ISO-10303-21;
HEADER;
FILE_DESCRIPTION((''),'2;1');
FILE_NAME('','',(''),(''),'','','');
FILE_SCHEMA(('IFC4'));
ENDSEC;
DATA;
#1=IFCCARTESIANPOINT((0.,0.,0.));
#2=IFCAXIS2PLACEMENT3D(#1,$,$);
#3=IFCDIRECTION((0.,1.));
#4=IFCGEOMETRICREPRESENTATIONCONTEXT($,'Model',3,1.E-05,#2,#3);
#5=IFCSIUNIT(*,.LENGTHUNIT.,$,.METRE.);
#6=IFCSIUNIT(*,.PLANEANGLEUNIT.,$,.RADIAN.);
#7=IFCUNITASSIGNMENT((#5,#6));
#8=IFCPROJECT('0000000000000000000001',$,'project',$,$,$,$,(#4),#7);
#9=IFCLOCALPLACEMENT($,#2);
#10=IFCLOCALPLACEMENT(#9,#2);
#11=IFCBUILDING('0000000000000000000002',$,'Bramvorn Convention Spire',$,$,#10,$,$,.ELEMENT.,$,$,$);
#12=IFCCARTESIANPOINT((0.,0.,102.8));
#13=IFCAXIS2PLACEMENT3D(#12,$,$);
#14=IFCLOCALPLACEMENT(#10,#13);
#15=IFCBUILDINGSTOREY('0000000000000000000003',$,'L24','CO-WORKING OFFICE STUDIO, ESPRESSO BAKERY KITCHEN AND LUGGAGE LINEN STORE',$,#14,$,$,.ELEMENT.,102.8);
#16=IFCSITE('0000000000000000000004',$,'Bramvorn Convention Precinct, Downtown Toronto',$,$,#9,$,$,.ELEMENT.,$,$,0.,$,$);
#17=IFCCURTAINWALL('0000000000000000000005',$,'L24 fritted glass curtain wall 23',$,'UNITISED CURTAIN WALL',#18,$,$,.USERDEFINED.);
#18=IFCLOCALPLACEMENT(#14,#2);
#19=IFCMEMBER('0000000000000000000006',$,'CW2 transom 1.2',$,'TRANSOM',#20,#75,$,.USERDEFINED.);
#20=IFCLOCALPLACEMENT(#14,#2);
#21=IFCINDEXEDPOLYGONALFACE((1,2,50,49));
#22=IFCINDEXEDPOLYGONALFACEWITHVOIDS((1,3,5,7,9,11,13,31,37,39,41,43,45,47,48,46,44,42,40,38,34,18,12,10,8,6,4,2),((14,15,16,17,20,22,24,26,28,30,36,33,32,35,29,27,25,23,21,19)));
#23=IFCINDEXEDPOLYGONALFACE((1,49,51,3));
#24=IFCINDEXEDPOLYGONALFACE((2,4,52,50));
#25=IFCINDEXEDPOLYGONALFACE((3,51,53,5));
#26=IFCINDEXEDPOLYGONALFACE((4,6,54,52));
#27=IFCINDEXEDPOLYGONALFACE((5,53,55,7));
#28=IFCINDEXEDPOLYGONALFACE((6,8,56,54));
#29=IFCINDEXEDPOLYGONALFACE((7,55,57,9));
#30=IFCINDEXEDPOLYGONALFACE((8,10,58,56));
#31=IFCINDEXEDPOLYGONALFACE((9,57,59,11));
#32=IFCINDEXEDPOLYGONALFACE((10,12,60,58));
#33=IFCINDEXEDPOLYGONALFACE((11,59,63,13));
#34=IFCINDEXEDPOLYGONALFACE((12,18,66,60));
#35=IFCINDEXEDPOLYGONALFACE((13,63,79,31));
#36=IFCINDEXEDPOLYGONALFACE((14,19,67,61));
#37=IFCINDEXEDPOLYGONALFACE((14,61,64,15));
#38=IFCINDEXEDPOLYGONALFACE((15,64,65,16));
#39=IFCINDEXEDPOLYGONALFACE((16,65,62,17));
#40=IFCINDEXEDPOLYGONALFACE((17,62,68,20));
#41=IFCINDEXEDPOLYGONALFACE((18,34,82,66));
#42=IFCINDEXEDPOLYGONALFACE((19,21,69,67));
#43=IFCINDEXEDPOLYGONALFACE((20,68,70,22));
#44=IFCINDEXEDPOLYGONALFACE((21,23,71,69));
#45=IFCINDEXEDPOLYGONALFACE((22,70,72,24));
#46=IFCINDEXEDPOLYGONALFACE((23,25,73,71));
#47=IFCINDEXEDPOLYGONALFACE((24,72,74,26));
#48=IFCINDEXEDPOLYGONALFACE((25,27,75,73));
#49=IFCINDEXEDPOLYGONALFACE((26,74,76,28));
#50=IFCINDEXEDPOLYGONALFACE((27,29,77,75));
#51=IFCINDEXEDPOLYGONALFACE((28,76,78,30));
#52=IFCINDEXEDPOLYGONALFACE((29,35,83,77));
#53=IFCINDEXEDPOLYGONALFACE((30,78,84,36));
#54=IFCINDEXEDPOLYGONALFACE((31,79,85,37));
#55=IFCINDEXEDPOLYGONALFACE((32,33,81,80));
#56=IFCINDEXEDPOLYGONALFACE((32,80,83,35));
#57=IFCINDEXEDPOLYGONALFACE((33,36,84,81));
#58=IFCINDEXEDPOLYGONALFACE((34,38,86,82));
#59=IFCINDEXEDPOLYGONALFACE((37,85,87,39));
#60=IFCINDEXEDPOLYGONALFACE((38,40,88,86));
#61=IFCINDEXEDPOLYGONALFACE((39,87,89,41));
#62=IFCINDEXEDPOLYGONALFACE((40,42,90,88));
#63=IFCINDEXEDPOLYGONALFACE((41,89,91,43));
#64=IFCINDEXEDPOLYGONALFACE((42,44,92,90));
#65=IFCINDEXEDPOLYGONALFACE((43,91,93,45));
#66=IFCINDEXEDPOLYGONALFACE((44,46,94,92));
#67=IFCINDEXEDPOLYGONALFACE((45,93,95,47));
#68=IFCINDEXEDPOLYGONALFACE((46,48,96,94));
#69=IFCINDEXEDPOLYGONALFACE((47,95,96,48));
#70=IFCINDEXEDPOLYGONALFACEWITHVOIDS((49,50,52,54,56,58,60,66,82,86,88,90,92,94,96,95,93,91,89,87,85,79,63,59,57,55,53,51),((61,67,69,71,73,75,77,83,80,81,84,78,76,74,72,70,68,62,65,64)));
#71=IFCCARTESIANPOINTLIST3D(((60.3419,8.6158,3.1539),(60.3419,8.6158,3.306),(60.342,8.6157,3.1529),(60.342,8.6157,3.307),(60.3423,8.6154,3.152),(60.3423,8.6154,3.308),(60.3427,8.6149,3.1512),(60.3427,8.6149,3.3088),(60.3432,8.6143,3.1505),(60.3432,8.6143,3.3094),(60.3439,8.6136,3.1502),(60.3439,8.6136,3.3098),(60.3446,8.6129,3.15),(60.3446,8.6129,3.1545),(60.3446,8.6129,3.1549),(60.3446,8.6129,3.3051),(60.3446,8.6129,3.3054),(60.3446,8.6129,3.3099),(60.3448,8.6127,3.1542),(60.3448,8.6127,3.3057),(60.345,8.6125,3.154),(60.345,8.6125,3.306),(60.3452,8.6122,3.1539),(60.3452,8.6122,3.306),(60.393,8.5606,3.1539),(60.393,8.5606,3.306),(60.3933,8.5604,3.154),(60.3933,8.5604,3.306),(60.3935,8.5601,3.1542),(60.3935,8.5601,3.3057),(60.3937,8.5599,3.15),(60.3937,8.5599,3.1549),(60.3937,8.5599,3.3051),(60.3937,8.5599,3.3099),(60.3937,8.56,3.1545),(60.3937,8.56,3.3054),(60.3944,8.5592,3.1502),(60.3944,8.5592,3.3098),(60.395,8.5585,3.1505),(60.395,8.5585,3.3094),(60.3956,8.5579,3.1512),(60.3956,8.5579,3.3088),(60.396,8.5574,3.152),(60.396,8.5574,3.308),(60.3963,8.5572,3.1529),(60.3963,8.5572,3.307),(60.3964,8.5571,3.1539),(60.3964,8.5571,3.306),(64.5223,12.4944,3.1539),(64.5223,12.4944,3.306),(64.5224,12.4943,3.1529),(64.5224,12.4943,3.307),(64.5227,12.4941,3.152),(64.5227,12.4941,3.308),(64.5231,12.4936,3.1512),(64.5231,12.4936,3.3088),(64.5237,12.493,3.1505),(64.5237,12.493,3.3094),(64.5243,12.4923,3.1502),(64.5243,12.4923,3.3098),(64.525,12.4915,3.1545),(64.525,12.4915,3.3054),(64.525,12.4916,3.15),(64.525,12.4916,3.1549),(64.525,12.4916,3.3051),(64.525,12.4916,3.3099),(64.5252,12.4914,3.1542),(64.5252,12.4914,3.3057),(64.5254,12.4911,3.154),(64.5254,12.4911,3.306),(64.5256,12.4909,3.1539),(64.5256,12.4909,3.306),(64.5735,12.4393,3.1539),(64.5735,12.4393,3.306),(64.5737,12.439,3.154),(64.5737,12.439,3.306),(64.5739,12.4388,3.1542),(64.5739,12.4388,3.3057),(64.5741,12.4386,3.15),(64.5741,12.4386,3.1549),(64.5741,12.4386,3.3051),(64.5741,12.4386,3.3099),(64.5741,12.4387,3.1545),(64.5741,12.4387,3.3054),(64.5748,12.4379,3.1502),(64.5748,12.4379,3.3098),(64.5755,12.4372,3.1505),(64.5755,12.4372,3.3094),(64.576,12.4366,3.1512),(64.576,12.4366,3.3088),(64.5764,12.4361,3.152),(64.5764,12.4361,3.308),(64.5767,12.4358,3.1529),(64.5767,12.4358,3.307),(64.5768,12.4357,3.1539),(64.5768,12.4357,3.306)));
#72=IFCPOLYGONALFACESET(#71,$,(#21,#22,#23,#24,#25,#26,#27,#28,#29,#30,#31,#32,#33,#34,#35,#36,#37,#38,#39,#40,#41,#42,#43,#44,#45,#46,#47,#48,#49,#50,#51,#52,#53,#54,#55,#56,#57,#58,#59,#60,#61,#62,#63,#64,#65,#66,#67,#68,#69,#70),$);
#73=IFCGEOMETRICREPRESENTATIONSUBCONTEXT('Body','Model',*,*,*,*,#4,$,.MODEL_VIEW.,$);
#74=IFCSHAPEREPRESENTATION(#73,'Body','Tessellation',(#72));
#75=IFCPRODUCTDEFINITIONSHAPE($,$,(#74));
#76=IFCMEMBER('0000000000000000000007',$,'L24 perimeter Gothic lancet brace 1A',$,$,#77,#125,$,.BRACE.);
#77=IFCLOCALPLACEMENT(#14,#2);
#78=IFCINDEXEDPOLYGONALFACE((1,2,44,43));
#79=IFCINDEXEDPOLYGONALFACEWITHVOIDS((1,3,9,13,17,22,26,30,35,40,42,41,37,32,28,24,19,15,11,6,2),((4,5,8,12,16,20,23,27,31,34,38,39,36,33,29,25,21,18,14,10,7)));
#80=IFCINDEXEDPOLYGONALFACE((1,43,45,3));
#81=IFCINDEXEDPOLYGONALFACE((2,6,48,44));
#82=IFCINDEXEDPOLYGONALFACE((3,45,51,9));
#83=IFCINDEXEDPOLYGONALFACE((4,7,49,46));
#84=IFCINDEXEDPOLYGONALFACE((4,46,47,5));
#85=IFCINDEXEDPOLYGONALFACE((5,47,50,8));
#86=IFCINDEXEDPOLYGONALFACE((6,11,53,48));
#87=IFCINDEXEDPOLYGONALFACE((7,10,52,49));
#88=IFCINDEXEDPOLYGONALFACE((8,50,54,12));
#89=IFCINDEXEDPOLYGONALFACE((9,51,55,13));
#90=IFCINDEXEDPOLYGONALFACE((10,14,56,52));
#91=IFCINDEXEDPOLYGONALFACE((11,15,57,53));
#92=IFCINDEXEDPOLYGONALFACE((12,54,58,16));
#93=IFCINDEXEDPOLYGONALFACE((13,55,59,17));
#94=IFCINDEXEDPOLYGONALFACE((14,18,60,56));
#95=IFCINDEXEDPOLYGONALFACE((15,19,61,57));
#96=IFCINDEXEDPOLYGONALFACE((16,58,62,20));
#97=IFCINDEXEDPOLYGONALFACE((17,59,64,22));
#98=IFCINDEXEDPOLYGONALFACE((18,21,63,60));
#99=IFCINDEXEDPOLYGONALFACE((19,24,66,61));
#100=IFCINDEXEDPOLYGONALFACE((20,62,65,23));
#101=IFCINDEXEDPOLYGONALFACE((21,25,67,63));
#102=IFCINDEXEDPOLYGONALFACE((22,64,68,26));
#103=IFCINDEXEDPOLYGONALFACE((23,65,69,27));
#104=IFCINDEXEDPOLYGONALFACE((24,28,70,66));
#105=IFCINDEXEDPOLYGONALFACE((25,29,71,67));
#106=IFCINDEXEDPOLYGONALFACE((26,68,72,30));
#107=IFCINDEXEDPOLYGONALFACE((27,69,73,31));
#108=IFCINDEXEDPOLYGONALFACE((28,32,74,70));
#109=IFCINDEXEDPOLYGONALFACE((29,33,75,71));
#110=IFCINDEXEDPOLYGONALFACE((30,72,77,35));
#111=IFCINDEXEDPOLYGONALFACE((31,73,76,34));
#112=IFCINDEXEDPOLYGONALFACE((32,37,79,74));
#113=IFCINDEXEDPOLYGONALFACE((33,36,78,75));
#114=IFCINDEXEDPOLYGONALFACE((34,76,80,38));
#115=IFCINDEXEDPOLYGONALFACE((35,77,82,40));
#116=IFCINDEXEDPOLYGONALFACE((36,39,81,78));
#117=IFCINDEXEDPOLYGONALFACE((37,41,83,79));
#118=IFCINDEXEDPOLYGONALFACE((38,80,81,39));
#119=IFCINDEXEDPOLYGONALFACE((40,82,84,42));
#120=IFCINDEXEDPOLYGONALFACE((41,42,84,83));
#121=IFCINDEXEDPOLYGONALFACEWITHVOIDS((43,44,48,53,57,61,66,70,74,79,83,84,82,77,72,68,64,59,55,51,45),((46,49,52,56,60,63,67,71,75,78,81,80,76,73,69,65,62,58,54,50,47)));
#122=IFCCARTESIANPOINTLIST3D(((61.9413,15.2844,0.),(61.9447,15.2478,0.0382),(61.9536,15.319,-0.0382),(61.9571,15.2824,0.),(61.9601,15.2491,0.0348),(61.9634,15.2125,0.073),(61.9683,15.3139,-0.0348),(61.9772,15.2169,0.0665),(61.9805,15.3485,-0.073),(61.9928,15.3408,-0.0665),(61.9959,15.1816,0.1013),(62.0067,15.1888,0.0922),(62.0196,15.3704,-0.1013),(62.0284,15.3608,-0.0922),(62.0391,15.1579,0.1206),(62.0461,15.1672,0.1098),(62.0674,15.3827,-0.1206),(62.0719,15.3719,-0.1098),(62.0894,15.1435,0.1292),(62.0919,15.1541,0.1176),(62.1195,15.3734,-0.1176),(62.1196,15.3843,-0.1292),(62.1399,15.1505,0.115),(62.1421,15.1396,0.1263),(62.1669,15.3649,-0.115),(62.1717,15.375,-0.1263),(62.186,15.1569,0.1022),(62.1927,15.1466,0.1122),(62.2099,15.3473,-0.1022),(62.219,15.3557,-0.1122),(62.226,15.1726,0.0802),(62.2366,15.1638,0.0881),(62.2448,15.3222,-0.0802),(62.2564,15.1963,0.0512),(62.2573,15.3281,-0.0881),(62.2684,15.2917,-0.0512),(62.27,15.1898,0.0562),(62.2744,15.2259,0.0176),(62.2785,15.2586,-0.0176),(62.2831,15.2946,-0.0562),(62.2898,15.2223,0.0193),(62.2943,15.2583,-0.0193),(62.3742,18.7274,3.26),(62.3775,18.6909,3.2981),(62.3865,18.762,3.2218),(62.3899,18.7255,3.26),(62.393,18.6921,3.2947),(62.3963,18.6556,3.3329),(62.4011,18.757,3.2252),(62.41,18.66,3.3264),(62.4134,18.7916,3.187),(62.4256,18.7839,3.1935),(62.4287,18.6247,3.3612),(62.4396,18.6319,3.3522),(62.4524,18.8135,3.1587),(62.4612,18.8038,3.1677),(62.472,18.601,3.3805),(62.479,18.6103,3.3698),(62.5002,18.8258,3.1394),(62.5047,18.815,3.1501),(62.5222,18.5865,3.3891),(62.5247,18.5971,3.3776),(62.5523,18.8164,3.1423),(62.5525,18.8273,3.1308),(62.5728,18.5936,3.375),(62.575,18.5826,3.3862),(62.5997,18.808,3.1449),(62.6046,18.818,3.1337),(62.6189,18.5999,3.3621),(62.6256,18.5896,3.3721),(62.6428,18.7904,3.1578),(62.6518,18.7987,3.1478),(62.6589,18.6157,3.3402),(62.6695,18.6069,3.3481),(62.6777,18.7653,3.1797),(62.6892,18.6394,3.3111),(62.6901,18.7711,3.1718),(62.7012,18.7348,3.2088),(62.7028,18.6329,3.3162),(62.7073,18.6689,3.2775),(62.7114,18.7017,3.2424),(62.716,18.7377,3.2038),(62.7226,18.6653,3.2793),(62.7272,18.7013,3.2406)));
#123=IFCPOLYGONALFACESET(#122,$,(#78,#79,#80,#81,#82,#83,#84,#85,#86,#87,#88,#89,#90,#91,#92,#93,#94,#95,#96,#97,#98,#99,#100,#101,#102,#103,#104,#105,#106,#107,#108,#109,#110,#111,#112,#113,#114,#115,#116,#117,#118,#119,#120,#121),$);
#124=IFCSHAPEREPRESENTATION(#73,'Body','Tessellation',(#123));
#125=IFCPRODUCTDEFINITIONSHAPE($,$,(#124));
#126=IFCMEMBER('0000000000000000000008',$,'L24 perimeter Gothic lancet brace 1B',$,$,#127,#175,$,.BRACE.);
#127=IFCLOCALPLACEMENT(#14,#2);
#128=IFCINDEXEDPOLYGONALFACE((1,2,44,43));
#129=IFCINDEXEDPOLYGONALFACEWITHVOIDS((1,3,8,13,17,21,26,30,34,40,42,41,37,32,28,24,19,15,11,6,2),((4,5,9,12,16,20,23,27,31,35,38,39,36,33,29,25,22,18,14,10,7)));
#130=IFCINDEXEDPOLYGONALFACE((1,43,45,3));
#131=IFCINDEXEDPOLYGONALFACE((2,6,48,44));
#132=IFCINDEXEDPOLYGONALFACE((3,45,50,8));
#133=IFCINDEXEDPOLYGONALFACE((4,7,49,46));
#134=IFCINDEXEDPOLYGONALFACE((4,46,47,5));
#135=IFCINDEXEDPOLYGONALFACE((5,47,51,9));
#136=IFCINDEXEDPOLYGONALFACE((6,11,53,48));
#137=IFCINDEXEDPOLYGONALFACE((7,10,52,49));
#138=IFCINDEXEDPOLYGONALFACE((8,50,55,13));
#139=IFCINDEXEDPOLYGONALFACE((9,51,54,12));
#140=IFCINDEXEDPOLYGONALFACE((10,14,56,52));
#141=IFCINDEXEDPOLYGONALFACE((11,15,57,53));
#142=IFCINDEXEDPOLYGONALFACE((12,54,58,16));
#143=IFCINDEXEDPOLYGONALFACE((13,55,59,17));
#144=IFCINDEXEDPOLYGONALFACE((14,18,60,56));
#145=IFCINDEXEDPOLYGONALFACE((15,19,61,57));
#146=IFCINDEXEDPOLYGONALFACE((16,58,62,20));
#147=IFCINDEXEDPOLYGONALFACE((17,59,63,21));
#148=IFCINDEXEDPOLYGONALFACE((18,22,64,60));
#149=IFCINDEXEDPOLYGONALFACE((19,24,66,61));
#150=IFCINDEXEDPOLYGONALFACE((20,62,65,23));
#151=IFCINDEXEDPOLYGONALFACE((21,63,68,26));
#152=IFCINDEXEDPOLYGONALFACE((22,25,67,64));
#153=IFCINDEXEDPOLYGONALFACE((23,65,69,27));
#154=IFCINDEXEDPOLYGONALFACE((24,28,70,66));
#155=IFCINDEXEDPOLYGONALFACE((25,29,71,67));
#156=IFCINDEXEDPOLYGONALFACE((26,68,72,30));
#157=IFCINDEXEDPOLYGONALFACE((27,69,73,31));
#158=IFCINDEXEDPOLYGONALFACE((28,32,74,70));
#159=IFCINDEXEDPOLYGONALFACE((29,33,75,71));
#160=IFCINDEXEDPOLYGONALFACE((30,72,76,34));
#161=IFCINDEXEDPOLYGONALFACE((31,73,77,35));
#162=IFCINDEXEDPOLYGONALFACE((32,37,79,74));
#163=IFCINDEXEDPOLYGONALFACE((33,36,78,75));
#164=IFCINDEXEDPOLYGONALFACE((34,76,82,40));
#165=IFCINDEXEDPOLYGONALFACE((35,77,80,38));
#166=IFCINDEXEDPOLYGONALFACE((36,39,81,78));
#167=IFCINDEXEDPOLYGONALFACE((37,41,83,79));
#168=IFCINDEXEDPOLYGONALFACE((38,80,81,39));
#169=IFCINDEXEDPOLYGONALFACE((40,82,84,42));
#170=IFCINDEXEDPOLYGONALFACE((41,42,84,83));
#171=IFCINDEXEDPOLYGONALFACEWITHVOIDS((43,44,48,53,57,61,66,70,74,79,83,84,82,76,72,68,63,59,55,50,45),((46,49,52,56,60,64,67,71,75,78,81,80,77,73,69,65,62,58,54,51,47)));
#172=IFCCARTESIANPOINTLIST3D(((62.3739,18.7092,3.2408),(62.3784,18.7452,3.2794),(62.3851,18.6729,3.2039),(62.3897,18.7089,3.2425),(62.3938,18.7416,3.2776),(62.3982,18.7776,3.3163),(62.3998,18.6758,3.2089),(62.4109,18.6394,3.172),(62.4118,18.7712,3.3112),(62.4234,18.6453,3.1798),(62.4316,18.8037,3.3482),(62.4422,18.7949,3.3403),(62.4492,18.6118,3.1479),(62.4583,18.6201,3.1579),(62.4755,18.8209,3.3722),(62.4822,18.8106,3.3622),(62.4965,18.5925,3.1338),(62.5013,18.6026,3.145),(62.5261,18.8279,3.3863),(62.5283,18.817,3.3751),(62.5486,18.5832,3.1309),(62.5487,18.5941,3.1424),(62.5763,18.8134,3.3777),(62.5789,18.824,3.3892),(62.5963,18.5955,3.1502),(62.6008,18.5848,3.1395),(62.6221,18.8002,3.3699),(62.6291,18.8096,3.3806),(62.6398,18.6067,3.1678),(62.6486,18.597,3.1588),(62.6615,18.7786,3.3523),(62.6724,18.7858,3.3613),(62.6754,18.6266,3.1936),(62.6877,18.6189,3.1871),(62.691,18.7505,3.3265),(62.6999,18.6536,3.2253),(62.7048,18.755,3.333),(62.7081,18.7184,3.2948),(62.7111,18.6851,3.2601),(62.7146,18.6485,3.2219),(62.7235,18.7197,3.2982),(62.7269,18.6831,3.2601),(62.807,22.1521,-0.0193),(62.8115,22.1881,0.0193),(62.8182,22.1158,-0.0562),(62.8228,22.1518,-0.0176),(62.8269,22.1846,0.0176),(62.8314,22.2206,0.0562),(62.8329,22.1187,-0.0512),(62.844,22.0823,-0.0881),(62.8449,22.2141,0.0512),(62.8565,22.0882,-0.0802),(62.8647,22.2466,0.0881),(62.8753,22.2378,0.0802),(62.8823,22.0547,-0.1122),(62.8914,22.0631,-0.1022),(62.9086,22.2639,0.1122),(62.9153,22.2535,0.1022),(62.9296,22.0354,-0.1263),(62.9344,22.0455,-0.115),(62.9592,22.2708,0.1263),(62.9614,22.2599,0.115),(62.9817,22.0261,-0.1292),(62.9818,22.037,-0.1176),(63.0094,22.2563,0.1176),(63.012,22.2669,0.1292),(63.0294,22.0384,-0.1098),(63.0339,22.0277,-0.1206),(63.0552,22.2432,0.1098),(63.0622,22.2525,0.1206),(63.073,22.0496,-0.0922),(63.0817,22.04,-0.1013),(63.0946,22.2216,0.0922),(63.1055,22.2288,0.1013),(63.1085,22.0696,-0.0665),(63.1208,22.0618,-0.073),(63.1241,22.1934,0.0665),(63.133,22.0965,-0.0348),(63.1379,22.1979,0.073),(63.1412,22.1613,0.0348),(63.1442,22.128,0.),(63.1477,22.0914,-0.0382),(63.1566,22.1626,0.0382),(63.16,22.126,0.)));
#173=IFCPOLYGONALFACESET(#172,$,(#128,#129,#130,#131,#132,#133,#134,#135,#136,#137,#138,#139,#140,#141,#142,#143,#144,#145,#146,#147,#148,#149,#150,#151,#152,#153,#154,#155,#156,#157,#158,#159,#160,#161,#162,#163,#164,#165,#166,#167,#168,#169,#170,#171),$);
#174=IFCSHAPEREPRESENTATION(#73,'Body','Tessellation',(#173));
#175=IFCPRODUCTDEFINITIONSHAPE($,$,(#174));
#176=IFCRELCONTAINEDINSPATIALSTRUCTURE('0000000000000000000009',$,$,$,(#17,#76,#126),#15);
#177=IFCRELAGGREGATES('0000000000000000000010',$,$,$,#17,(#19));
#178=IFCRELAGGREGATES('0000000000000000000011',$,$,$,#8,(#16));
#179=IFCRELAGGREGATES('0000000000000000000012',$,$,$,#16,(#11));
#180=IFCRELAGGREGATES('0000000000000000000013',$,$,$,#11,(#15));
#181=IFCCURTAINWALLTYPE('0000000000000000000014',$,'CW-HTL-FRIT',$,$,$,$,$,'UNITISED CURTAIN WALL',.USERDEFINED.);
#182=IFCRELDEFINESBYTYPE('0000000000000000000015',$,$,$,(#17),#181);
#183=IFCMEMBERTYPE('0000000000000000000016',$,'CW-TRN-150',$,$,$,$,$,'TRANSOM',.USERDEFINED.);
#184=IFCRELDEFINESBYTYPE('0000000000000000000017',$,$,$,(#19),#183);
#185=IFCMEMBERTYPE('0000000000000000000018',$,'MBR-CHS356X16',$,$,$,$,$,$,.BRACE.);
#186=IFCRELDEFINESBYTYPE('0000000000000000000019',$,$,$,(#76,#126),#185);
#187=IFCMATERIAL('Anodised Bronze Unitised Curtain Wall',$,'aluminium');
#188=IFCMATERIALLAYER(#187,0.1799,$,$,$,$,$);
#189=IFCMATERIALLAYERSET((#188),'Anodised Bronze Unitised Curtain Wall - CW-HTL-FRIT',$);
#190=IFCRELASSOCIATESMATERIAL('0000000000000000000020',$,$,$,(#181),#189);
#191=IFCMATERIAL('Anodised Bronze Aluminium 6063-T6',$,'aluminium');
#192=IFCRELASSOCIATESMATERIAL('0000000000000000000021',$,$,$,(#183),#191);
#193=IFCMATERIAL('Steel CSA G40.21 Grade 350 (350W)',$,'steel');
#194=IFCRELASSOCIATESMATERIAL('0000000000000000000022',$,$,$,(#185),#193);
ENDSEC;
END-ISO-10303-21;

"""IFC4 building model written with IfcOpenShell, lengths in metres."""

from ifc_helpers import new_model, si_unit, direction, frame, origin, origin_2d, place, context, subcontext, project, spatial, hollow_rectangle, hollow_circle, extrude, material, layer, layer_set, material_profile, profile_set, type_object, element, aggregate, save


model = new_model("IFC4")

# Units and contexts
model_context = context("Model", 3, precision=1e-05, world=origin(), true_north=direction((0.0, 1.0)))
body_context = subcontext(model_context, "Body", "Model", "MODEL_VIEW")
ifc_project = project(units=[si_unit("LENGTHUNIT", "METRE"), si_unit("PLANEANGLEUNIT", "RADIAN")], contexts=[model_context])

# Site, building, storey
site_placement = place(None, origin())
site = spatial("IfcSite", under=ifc_project, at=site_placement, Name="Bramvorn Convention Precinct, Downtown Toronto", CompositionType="ELEMENT", RefElevation=0.0)
building_placement = place(site_placement, origin())
building = spatial("IfcBuilding", under=site, at=building_placement, Name="Bramvorn Convention Spire", CompositionType="ELEMENT")
storey_placement = place(building_placement, frame((0.0, 0.0, 102.8)))
storey = spatial("IfcBuildingStorey", under=building, at=storey_placement, Name="L24", Description="CO-WORKING OFFICE STUDIO, ESPRESSO BAKERY KITCHEN AND LUGGAGE LINEN STORE", CompositionType="ELEMENT", Elevation=102.8)

# Shared definitions
ifc_material_1 = material(Name="Steel CSA G40.21 Grade 350 (350W)", Category="steel")

# Curtain wall
ifc_material_2 = material(Name="Anodised Bronze Unitised Curtain Wall", Category="aluminium")
ifc_layer_1 = layer(ifc_material_2, 0.1799)
ifc_layer_set_1 = layer_set([ifc_layer_1], Name="Anodised Bronze Unitised Curtain Wall - CW-HTL-FRIT")
curtain_wall_type = type_object("IfcCurtainWallType", Name="CW-HTL-FRIT", ElementType="UNITISED CURTAIN WALL", PredefinedType="USERDEFINED", material=ifc_layer_set_1)
ifc_material_3 = material(Name="Anodised Bronze Aluminium 6063-T6", Category="aluminium")
curtain_wall_1_placement = place(storey_placement, origin())
curtain_wall_1 = element("IfcCurtainWall", 1, at=curtain_wall_1_placement, inside=storey, type_object=curtain_wall_type, Name="L24 fritted glass curtain wall 23", ObjectType="UNITISED CURTAIN WALL", PredefinedType="USERDEFINED")

# Member
ifc_material_profile_1 = material_profile(ifc_material_3, hollow_rectangle(XDim=0.0801, YDim=0.1599, WallThickness=0.0039, InnerFilletRadius=0.001, OuterFilletRadius=0.0039, at=origin_2d()))
ifc_profile_set_1 = profile_set([ifc_material_profile_1], Name="Anodised Bronze Aluminium 6063-T6 - CWT80X160")
member_type_1 = type_object("IfcMemberType", Name="CW-TRN-150", ElementType="TRANSOM", PredefinedType="USERDEFINED", material=ifc_profile_set_1)
member_1_placement = place(storey_placement, frame((64.5496, 12.4651, 3.23), z_axis=(-0.733069, -0.680154, 0.0), x_axis=(0.680154, -0.733069, 0.0)))
member_1 = element("IfcMember", 2, at=member_1_placement, type_object=member_type_1, Name="CW2 transom 1.2", ObjectType="TRANSOM", PredefinedType="USERDEFINED", context=body_context, shape_type="SweptSolid", body=[
    extrude(hollow_rectangle(XDim=0.0801, YDim=0.1599, WallThickness=0.0039, InnerFilletRadius=0.001, OuterFilletRadius=0.0039, at=origin_2d()), origin(), (0.0, 0.0, 1.0), 5.7026),
])

# Members
ifc_material_profile_2 = material_profile(ifc_material_1, hollow_circle(Radius=0.1777, WallThickness=0.0159, at=origin_2d()))
ifc_profile_set_2 = profile_set([ifc_material_profile_2], Name="Steel CSA G40.21 Grade 350 (350W) - CHS356X16")
member_type_2 = type_object("IfcMemberType", Name="MBR-CHS356X16", PredefinedType="BRACE", material=ifc_profile_set_2)
for number, where, z_axis, x_axis, name in (
    (3, (62.1177, 15.2622, 0.0), (0.090912, 0.723144, 0.684688), (-0.99219, 0.124736, 0.0), "L24 perimeter Gothic lancet brace 1A"),
    (4, (62.9836, 22.1482, 0.0), (-0.090966, -0.723117, 0.68471), (0.99218, -0.124814, 0.0), "L24 perimeter Gothic lancet brace 1B"),
):
    element("IfcMember", number, at=place(storey_placement, frame(where, z_axis=z_axis, x_axis=x_axis)), inside=storey, type_object=member_type_2, Name=name, PredefinedType="BRACE", context=body_context, shape_type="SweptSolid", body=[
        extrude(hollow_circle(Radius=0.1777, WallThickness=0.0159, at=origin_2d()), origin(), (0.0, 0.0, 1.0), 4.7612),
    ])

aggregate(curtain_wall_1, [member_1])

save(model, "model.ifc")
